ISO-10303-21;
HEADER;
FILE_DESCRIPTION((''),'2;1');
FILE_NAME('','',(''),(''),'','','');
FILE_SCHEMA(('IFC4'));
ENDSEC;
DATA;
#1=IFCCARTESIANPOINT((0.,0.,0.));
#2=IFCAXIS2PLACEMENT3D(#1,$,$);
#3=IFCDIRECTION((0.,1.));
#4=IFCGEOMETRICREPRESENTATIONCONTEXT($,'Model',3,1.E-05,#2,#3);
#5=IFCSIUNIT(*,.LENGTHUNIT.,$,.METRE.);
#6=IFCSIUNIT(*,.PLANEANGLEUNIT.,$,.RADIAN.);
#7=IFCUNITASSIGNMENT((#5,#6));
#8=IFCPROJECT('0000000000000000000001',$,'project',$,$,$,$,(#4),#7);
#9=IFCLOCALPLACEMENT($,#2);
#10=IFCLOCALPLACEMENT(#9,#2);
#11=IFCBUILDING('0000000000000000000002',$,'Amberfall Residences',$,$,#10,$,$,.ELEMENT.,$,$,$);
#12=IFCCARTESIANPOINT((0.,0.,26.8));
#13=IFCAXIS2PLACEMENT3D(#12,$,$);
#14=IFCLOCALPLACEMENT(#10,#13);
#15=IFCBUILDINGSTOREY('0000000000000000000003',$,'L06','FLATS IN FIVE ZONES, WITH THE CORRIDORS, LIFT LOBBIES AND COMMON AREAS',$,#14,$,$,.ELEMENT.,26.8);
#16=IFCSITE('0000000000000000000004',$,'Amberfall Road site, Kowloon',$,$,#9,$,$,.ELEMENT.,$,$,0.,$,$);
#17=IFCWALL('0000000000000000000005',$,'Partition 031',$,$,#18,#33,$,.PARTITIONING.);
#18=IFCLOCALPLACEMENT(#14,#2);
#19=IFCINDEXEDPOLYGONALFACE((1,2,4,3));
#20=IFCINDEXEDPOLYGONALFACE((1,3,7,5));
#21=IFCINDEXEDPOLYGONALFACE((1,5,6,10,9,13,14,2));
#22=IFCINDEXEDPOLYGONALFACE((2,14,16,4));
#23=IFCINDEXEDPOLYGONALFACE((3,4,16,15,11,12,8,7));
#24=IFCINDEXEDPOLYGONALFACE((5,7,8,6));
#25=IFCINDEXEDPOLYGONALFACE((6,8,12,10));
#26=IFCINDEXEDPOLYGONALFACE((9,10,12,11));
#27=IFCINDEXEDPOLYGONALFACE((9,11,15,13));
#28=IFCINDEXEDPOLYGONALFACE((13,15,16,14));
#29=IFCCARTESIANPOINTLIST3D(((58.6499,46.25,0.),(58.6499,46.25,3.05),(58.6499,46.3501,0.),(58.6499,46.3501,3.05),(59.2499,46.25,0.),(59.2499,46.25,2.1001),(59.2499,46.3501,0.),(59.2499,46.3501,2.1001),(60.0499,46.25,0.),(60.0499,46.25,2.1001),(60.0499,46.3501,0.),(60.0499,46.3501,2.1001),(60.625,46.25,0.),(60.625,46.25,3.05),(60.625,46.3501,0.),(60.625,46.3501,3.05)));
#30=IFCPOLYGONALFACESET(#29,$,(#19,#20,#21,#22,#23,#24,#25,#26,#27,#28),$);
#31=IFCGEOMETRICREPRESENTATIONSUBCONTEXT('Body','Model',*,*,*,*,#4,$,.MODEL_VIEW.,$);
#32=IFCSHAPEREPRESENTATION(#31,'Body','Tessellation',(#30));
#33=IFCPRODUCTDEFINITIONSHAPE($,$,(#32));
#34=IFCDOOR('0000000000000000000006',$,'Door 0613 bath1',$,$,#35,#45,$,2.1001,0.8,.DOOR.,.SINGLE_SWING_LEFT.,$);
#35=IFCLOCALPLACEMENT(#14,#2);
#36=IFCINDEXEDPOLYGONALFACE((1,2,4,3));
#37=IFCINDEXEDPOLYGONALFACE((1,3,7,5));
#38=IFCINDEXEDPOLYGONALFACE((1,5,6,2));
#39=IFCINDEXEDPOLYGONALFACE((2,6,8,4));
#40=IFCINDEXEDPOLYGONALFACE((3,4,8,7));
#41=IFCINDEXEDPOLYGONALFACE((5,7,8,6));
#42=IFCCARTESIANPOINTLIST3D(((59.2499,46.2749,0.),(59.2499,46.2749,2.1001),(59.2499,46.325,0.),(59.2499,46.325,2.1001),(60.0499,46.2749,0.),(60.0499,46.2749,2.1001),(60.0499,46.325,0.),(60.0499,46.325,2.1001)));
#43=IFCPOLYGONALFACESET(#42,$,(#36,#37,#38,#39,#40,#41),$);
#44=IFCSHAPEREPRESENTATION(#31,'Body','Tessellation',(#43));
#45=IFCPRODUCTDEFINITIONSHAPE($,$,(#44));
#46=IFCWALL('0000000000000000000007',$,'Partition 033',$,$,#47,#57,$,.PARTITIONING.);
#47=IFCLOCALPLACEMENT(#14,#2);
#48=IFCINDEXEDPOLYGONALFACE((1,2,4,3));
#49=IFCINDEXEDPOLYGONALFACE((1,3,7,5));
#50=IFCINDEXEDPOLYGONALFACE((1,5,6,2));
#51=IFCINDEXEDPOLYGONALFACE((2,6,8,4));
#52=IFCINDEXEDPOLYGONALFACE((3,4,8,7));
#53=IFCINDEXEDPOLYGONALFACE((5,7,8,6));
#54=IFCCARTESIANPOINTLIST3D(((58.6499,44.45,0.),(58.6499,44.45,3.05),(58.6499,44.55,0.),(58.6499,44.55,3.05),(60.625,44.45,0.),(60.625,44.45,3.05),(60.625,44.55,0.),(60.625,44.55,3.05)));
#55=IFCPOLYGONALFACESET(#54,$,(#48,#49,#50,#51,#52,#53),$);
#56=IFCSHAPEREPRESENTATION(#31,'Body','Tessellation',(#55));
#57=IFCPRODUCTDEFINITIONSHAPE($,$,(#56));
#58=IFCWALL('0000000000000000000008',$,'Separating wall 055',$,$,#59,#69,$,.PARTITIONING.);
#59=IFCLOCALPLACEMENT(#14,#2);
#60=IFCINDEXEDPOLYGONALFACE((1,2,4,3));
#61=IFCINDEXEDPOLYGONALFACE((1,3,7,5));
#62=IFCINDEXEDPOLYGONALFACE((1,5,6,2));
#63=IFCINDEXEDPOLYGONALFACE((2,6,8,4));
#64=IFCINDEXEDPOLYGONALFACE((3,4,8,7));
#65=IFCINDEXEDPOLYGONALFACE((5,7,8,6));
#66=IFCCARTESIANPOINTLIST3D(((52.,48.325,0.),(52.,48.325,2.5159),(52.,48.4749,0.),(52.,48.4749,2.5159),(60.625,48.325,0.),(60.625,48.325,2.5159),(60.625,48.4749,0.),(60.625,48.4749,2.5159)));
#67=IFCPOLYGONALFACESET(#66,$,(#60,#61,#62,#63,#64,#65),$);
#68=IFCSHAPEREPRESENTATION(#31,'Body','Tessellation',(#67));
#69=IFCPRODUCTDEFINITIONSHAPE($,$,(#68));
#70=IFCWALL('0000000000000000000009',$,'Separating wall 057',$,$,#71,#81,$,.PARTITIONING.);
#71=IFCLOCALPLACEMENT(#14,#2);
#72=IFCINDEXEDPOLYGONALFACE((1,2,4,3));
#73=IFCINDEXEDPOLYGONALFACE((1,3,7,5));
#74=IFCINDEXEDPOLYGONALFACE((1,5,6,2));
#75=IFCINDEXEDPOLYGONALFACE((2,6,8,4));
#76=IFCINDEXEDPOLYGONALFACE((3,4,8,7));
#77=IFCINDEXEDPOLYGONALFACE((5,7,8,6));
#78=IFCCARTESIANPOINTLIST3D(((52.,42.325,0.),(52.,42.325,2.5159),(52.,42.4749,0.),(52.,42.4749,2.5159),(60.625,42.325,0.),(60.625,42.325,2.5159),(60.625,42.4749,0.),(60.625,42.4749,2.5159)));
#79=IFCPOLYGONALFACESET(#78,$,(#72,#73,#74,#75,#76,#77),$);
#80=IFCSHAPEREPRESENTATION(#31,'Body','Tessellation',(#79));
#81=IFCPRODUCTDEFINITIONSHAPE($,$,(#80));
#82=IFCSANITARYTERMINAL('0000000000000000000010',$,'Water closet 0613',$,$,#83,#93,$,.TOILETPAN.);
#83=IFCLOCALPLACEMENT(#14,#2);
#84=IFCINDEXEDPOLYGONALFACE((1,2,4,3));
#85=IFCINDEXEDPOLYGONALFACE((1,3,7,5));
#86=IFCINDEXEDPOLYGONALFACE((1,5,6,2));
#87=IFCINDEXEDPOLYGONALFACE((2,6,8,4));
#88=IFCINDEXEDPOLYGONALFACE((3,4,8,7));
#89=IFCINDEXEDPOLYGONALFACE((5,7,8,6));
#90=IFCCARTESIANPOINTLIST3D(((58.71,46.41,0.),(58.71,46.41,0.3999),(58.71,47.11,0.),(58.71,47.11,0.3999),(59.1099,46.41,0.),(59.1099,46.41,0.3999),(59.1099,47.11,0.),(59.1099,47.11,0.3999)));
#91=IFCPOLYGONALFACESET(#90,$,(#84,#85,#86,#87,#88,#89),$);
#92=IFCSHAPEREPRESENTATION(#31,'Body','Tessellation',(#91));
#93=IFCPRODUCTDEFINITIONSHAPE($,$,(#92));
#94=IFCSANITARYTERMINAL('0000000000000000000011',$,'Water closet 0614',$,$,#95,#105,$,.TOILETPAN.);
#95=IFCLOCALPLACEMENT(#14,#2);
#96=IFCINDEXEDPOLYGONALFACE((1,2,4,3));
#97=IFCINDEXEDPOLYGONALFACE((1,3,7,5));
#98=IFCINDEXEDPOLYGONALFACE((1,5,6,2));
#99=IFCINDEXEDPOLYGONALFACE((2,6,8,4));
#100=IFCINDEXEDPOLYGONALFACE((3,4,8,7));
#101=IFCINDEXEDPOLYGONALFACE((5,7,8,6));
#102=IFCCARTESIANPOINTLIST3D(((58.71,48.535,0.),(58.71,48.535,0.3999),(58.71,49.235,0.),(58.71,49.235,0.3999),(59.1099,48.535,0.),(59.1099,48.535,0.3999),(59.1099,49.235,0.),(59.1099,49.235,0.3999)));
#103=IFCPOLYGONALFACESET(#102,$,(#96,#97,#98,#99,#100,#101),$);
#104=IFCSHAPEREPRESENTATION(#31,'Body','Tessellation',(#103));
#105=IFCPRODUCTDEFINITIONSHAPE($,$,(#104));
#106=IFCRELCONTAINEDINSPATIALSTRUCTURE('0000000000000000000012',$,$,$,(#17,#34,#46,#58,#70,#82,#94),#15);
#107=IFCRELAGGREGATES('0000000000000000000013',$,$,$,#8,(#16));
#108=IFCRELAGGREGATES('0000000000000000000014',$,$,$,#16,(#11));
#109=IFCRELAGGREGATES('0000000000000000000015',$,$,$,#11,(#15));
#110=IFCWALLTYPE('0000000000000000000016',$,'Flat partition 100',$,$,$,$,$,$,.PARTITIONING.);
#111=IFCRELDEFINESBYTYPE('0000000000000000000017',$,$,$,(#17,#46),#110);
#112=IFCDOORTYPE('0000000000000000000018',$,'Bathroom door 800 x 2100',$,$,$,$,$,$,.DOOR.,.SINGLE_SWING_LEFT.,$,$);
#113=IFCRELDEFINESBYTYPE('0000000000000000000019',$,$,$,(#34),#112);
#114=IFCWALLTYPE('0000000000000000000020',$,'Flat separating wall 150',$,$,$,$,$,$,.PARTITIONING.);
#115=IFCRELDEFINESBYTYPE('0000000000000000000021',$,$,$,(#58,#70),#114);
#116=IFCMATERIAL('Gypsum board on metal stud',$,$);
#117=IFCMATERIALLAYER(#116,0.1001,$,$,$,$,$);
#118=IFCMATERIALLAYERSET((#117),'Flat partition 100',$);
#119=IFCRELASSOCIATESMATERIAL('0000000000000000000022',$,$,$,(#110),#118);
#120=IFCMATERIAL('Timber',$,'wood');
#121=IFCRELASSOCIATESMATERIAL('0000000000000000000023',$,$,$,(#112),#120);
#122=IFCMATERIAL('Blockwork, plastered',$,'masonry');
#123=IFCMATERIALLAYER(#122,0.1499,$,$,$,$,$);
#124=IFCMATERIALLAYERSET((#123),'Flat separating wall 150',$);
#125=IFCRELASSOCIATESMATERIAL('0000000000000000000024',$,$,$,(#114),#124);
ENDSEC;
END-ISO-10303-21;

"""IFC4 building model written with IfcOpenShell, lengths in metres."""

from ifc_helpers import new_model, si_unit, direction, frame, frame_2d, origin, origin_2d, place, context, subcontext, project, spatial, rectangle, extrude, material, layer, layer_set, type_object, element, fill, save


model = new_model("IFC4")

# Units and contexts
model_context = context("Model", 3, precision=1e-05, world=origin(), true_north=direction((0.0, 1.0)))
body_context = subcontext(model_context, "Body", "Model", "MODEL_VIEW")
ifc_project = project(units=[si_unit("LENGTHUNIT", "METRE"), si_unit("PLANEANGLEUNIT", "RADIAN")], contexts=[model_context])

# Site, building, storey
site_placement = place(None, origin())
site = spatial("IfcSite", under=ifc_project, at=site_placement, Name="Amberfall Road site, Kowloon", CompositionType="ELEMENT", RefElevation=0.0)
building_placement = place(site_placement, origin())
building = spatial("IfcBuilding", under=site, at=building_placement, Name="Amberfall Residences", CompositionType="ELEMENT")
storey_placement = place(building_placement, frame((0.0, 0.0, 26.8)))
storey = spatial("IfcBuildingStorey", under=building, at=storey_placement, Name="L06", Description="FLATS IN FIVE ZONES, WITH THE CORRIDORS, LIFT LOBBIES AND COMMON AREAS", CompositionType="ELEMENT", Elevation=26.8)

# Shared definitions
ifc_material_1 = material(Name="Gypsum board on metal stud")
ifc_layer_1 = layer(ifc_material_1, 0.1001)
ifc_layer_set_1 = layer_set([ifc_layer_1], Name="Flat partition 100")
wall_type_1 = type_object("IfcWallType", Name="Flat partition 100", PredefinedType="PARTITIONING", material=ifc_layer_set_1)
ifc_material_2 = material(Name="Timber", Category="wood")

# Wall, opening, door
wall_1_placement = place(storey_placement, frame((58.6499, 46.3, 0.0), z_axis=(0.0, 0.0, 1.0), x_axis=(1.0, 0.0, 0.0)))
wall_1 = element("IfcWall", 1, at=wall_1_placement, inside=storey, type_object=wall_type_1, Name="Partition 031", PredefinedType="PARTITIONING", context=body_context, shape_type="SweptSolid", body=[
    extrude(rectangle(XDim=1.9751, YDim=0.1001, at=frame_2d((0.9875, 0.0))), origin(), (0.0, 0.0, 1.0), 3.05),
])
opening_1_placement = place(wall_1_placement, frame((0.6001, 0.0, 0.0)))
opening_1 = element("IfcOpeningElement", 2, at=opening_1_placement, cuts=wall_1, PredefinedType="OPENING", context=body_context, shape_type="SweptSolid", body=[
    extrude(rectangle(XDim=0.8, YDim=2.1001, at=frame_2d((0.3999, 1.05))), frame((0.0, 0.0601, 0.0), z_axis=(0.0, -1.0, 0.0), x_axis=(1.0, 0.0, 0.0)), (0.0, 0.0, 1.0), 0.1201),
])
door_type_1 = type_object("IfcDoorType", Name="Bathroom door 800 x 2100", OperationType="SINGLE_SWING_LEFT", PredefinedType="DOOR", material=ifc_material_2)
door_1_placement = place(opening_1_placement, origin())
door_1 = element("IfcDoor", 3, at=door_1_placement, inside=storey, type_object=door_type_1, Name="Door 0613 bath1", OperationType="SINGLE_SWING_LEFT", OverallHeight=2.1001, OverallWidth=0.8, PredefinedType="DOOR", context=body_context, shape_type="SweptSolid", body=[
    extrude(rectangle(XDim=0.8, YDim=2.1001, at=frame_2d((0.3999, 1.05))), frame((0.0, 0.0249, 0.0), z_axis=(0.0, -1.0, 0.0), x_axis=(1.0, 0.0, 0.0)), (0.0, 0.0, 1.0), 0.05),
])
fill(opening_1, door_1)

# Walls
wall_2_placement = place(storey_placement, frame((58.6499, 44.5, 0.0), z_axis=(0.0, 0.0, 1.0), x_axis=(1.0, 0.0, 0.0)))
element("IfcWall", 4, at=wall_2_placement, inside=storey, type_object=wall_type_1, Name="Partition 033", PredefinedType="PARTITIONING", context=body_context, shape_type="SweptSolid", body=[
    extrude(rectangle(XDim=1.9751, YDim=0.1001, at=frame_2d((0.9875, 0.0))), origin(), (0.0, 0.0, 1.0), 3.05),
])
ifc_material_3 = material(Name="Blockwork, plastered", Category="masonry")
ifc_layer_2 = layer(ifc_material_3, 0.1499)
ifc_layer_set_2 = layer_set([ifc_layer_2], Name="Flat separating wall 150")
wall_type_2 = type_object("IfcWallType", Name="Flat separating wall 150", PredefinedType="PARTITIONING", material=ifc_layer_set_2)
for number, where, z_axis, x_axis, name in (
    (5, (52.0, 48.3999, 0.0), (0.0, 0.0, 1.0), (1.0, 0.0, 0.0), "Separating wall 055"),
    (6, (52.0, 42.3999, 0.0), (0.0, 0.0, 1.0), (1.0, 0.0, 0.0), "Separating wall 057"),
):
    element("IfcWall", number, at=place(storey_placement, frame(where, z_axis=z_axis, x_axis=x_axis)), inside=storey, type_object=wall_type_2, Name=name, PredefinedType="PARTITIONING", context=body_context, shape_type="SweptSolid", body=[
        extrude(rectangle(XDim=8.625, YDim=0.1499, at=frame_2d((4.3125, 0.0))), origin(), (0.0, 0.0, 1.0), 2.5159),
    ])

# Sanitary terminals
for number, where, z_axis, x_axis, name in (
    (7, (58.9099, 46.76, 0.0), (0.0, 0.0, 1.0), (1.0, 0.0, 0.0), "Water closet 0613"),
    (8, (58.9099, 48.885, 0.0), (0.0, 0.0, 1.0), (1.0, 0.0, 0.0), "Water closet 0614"),
):
    element("IfcSanitaryTerminal", number, at=place(storey_placement, frame(where, z_axis=z_axis, x_axis=x_axis)), inside=storey, Name=name, PredefinedType="TOILETPAN", context=body_context, shape_type="SweptSolid", body=[
        extrude(rectangle(XDim=0.3999, YDim=0.7, at=origin_2d()), origin(), (0.0, 0.0, 1.0), 0.3999),
    ])

save(model, "model.ifc")
